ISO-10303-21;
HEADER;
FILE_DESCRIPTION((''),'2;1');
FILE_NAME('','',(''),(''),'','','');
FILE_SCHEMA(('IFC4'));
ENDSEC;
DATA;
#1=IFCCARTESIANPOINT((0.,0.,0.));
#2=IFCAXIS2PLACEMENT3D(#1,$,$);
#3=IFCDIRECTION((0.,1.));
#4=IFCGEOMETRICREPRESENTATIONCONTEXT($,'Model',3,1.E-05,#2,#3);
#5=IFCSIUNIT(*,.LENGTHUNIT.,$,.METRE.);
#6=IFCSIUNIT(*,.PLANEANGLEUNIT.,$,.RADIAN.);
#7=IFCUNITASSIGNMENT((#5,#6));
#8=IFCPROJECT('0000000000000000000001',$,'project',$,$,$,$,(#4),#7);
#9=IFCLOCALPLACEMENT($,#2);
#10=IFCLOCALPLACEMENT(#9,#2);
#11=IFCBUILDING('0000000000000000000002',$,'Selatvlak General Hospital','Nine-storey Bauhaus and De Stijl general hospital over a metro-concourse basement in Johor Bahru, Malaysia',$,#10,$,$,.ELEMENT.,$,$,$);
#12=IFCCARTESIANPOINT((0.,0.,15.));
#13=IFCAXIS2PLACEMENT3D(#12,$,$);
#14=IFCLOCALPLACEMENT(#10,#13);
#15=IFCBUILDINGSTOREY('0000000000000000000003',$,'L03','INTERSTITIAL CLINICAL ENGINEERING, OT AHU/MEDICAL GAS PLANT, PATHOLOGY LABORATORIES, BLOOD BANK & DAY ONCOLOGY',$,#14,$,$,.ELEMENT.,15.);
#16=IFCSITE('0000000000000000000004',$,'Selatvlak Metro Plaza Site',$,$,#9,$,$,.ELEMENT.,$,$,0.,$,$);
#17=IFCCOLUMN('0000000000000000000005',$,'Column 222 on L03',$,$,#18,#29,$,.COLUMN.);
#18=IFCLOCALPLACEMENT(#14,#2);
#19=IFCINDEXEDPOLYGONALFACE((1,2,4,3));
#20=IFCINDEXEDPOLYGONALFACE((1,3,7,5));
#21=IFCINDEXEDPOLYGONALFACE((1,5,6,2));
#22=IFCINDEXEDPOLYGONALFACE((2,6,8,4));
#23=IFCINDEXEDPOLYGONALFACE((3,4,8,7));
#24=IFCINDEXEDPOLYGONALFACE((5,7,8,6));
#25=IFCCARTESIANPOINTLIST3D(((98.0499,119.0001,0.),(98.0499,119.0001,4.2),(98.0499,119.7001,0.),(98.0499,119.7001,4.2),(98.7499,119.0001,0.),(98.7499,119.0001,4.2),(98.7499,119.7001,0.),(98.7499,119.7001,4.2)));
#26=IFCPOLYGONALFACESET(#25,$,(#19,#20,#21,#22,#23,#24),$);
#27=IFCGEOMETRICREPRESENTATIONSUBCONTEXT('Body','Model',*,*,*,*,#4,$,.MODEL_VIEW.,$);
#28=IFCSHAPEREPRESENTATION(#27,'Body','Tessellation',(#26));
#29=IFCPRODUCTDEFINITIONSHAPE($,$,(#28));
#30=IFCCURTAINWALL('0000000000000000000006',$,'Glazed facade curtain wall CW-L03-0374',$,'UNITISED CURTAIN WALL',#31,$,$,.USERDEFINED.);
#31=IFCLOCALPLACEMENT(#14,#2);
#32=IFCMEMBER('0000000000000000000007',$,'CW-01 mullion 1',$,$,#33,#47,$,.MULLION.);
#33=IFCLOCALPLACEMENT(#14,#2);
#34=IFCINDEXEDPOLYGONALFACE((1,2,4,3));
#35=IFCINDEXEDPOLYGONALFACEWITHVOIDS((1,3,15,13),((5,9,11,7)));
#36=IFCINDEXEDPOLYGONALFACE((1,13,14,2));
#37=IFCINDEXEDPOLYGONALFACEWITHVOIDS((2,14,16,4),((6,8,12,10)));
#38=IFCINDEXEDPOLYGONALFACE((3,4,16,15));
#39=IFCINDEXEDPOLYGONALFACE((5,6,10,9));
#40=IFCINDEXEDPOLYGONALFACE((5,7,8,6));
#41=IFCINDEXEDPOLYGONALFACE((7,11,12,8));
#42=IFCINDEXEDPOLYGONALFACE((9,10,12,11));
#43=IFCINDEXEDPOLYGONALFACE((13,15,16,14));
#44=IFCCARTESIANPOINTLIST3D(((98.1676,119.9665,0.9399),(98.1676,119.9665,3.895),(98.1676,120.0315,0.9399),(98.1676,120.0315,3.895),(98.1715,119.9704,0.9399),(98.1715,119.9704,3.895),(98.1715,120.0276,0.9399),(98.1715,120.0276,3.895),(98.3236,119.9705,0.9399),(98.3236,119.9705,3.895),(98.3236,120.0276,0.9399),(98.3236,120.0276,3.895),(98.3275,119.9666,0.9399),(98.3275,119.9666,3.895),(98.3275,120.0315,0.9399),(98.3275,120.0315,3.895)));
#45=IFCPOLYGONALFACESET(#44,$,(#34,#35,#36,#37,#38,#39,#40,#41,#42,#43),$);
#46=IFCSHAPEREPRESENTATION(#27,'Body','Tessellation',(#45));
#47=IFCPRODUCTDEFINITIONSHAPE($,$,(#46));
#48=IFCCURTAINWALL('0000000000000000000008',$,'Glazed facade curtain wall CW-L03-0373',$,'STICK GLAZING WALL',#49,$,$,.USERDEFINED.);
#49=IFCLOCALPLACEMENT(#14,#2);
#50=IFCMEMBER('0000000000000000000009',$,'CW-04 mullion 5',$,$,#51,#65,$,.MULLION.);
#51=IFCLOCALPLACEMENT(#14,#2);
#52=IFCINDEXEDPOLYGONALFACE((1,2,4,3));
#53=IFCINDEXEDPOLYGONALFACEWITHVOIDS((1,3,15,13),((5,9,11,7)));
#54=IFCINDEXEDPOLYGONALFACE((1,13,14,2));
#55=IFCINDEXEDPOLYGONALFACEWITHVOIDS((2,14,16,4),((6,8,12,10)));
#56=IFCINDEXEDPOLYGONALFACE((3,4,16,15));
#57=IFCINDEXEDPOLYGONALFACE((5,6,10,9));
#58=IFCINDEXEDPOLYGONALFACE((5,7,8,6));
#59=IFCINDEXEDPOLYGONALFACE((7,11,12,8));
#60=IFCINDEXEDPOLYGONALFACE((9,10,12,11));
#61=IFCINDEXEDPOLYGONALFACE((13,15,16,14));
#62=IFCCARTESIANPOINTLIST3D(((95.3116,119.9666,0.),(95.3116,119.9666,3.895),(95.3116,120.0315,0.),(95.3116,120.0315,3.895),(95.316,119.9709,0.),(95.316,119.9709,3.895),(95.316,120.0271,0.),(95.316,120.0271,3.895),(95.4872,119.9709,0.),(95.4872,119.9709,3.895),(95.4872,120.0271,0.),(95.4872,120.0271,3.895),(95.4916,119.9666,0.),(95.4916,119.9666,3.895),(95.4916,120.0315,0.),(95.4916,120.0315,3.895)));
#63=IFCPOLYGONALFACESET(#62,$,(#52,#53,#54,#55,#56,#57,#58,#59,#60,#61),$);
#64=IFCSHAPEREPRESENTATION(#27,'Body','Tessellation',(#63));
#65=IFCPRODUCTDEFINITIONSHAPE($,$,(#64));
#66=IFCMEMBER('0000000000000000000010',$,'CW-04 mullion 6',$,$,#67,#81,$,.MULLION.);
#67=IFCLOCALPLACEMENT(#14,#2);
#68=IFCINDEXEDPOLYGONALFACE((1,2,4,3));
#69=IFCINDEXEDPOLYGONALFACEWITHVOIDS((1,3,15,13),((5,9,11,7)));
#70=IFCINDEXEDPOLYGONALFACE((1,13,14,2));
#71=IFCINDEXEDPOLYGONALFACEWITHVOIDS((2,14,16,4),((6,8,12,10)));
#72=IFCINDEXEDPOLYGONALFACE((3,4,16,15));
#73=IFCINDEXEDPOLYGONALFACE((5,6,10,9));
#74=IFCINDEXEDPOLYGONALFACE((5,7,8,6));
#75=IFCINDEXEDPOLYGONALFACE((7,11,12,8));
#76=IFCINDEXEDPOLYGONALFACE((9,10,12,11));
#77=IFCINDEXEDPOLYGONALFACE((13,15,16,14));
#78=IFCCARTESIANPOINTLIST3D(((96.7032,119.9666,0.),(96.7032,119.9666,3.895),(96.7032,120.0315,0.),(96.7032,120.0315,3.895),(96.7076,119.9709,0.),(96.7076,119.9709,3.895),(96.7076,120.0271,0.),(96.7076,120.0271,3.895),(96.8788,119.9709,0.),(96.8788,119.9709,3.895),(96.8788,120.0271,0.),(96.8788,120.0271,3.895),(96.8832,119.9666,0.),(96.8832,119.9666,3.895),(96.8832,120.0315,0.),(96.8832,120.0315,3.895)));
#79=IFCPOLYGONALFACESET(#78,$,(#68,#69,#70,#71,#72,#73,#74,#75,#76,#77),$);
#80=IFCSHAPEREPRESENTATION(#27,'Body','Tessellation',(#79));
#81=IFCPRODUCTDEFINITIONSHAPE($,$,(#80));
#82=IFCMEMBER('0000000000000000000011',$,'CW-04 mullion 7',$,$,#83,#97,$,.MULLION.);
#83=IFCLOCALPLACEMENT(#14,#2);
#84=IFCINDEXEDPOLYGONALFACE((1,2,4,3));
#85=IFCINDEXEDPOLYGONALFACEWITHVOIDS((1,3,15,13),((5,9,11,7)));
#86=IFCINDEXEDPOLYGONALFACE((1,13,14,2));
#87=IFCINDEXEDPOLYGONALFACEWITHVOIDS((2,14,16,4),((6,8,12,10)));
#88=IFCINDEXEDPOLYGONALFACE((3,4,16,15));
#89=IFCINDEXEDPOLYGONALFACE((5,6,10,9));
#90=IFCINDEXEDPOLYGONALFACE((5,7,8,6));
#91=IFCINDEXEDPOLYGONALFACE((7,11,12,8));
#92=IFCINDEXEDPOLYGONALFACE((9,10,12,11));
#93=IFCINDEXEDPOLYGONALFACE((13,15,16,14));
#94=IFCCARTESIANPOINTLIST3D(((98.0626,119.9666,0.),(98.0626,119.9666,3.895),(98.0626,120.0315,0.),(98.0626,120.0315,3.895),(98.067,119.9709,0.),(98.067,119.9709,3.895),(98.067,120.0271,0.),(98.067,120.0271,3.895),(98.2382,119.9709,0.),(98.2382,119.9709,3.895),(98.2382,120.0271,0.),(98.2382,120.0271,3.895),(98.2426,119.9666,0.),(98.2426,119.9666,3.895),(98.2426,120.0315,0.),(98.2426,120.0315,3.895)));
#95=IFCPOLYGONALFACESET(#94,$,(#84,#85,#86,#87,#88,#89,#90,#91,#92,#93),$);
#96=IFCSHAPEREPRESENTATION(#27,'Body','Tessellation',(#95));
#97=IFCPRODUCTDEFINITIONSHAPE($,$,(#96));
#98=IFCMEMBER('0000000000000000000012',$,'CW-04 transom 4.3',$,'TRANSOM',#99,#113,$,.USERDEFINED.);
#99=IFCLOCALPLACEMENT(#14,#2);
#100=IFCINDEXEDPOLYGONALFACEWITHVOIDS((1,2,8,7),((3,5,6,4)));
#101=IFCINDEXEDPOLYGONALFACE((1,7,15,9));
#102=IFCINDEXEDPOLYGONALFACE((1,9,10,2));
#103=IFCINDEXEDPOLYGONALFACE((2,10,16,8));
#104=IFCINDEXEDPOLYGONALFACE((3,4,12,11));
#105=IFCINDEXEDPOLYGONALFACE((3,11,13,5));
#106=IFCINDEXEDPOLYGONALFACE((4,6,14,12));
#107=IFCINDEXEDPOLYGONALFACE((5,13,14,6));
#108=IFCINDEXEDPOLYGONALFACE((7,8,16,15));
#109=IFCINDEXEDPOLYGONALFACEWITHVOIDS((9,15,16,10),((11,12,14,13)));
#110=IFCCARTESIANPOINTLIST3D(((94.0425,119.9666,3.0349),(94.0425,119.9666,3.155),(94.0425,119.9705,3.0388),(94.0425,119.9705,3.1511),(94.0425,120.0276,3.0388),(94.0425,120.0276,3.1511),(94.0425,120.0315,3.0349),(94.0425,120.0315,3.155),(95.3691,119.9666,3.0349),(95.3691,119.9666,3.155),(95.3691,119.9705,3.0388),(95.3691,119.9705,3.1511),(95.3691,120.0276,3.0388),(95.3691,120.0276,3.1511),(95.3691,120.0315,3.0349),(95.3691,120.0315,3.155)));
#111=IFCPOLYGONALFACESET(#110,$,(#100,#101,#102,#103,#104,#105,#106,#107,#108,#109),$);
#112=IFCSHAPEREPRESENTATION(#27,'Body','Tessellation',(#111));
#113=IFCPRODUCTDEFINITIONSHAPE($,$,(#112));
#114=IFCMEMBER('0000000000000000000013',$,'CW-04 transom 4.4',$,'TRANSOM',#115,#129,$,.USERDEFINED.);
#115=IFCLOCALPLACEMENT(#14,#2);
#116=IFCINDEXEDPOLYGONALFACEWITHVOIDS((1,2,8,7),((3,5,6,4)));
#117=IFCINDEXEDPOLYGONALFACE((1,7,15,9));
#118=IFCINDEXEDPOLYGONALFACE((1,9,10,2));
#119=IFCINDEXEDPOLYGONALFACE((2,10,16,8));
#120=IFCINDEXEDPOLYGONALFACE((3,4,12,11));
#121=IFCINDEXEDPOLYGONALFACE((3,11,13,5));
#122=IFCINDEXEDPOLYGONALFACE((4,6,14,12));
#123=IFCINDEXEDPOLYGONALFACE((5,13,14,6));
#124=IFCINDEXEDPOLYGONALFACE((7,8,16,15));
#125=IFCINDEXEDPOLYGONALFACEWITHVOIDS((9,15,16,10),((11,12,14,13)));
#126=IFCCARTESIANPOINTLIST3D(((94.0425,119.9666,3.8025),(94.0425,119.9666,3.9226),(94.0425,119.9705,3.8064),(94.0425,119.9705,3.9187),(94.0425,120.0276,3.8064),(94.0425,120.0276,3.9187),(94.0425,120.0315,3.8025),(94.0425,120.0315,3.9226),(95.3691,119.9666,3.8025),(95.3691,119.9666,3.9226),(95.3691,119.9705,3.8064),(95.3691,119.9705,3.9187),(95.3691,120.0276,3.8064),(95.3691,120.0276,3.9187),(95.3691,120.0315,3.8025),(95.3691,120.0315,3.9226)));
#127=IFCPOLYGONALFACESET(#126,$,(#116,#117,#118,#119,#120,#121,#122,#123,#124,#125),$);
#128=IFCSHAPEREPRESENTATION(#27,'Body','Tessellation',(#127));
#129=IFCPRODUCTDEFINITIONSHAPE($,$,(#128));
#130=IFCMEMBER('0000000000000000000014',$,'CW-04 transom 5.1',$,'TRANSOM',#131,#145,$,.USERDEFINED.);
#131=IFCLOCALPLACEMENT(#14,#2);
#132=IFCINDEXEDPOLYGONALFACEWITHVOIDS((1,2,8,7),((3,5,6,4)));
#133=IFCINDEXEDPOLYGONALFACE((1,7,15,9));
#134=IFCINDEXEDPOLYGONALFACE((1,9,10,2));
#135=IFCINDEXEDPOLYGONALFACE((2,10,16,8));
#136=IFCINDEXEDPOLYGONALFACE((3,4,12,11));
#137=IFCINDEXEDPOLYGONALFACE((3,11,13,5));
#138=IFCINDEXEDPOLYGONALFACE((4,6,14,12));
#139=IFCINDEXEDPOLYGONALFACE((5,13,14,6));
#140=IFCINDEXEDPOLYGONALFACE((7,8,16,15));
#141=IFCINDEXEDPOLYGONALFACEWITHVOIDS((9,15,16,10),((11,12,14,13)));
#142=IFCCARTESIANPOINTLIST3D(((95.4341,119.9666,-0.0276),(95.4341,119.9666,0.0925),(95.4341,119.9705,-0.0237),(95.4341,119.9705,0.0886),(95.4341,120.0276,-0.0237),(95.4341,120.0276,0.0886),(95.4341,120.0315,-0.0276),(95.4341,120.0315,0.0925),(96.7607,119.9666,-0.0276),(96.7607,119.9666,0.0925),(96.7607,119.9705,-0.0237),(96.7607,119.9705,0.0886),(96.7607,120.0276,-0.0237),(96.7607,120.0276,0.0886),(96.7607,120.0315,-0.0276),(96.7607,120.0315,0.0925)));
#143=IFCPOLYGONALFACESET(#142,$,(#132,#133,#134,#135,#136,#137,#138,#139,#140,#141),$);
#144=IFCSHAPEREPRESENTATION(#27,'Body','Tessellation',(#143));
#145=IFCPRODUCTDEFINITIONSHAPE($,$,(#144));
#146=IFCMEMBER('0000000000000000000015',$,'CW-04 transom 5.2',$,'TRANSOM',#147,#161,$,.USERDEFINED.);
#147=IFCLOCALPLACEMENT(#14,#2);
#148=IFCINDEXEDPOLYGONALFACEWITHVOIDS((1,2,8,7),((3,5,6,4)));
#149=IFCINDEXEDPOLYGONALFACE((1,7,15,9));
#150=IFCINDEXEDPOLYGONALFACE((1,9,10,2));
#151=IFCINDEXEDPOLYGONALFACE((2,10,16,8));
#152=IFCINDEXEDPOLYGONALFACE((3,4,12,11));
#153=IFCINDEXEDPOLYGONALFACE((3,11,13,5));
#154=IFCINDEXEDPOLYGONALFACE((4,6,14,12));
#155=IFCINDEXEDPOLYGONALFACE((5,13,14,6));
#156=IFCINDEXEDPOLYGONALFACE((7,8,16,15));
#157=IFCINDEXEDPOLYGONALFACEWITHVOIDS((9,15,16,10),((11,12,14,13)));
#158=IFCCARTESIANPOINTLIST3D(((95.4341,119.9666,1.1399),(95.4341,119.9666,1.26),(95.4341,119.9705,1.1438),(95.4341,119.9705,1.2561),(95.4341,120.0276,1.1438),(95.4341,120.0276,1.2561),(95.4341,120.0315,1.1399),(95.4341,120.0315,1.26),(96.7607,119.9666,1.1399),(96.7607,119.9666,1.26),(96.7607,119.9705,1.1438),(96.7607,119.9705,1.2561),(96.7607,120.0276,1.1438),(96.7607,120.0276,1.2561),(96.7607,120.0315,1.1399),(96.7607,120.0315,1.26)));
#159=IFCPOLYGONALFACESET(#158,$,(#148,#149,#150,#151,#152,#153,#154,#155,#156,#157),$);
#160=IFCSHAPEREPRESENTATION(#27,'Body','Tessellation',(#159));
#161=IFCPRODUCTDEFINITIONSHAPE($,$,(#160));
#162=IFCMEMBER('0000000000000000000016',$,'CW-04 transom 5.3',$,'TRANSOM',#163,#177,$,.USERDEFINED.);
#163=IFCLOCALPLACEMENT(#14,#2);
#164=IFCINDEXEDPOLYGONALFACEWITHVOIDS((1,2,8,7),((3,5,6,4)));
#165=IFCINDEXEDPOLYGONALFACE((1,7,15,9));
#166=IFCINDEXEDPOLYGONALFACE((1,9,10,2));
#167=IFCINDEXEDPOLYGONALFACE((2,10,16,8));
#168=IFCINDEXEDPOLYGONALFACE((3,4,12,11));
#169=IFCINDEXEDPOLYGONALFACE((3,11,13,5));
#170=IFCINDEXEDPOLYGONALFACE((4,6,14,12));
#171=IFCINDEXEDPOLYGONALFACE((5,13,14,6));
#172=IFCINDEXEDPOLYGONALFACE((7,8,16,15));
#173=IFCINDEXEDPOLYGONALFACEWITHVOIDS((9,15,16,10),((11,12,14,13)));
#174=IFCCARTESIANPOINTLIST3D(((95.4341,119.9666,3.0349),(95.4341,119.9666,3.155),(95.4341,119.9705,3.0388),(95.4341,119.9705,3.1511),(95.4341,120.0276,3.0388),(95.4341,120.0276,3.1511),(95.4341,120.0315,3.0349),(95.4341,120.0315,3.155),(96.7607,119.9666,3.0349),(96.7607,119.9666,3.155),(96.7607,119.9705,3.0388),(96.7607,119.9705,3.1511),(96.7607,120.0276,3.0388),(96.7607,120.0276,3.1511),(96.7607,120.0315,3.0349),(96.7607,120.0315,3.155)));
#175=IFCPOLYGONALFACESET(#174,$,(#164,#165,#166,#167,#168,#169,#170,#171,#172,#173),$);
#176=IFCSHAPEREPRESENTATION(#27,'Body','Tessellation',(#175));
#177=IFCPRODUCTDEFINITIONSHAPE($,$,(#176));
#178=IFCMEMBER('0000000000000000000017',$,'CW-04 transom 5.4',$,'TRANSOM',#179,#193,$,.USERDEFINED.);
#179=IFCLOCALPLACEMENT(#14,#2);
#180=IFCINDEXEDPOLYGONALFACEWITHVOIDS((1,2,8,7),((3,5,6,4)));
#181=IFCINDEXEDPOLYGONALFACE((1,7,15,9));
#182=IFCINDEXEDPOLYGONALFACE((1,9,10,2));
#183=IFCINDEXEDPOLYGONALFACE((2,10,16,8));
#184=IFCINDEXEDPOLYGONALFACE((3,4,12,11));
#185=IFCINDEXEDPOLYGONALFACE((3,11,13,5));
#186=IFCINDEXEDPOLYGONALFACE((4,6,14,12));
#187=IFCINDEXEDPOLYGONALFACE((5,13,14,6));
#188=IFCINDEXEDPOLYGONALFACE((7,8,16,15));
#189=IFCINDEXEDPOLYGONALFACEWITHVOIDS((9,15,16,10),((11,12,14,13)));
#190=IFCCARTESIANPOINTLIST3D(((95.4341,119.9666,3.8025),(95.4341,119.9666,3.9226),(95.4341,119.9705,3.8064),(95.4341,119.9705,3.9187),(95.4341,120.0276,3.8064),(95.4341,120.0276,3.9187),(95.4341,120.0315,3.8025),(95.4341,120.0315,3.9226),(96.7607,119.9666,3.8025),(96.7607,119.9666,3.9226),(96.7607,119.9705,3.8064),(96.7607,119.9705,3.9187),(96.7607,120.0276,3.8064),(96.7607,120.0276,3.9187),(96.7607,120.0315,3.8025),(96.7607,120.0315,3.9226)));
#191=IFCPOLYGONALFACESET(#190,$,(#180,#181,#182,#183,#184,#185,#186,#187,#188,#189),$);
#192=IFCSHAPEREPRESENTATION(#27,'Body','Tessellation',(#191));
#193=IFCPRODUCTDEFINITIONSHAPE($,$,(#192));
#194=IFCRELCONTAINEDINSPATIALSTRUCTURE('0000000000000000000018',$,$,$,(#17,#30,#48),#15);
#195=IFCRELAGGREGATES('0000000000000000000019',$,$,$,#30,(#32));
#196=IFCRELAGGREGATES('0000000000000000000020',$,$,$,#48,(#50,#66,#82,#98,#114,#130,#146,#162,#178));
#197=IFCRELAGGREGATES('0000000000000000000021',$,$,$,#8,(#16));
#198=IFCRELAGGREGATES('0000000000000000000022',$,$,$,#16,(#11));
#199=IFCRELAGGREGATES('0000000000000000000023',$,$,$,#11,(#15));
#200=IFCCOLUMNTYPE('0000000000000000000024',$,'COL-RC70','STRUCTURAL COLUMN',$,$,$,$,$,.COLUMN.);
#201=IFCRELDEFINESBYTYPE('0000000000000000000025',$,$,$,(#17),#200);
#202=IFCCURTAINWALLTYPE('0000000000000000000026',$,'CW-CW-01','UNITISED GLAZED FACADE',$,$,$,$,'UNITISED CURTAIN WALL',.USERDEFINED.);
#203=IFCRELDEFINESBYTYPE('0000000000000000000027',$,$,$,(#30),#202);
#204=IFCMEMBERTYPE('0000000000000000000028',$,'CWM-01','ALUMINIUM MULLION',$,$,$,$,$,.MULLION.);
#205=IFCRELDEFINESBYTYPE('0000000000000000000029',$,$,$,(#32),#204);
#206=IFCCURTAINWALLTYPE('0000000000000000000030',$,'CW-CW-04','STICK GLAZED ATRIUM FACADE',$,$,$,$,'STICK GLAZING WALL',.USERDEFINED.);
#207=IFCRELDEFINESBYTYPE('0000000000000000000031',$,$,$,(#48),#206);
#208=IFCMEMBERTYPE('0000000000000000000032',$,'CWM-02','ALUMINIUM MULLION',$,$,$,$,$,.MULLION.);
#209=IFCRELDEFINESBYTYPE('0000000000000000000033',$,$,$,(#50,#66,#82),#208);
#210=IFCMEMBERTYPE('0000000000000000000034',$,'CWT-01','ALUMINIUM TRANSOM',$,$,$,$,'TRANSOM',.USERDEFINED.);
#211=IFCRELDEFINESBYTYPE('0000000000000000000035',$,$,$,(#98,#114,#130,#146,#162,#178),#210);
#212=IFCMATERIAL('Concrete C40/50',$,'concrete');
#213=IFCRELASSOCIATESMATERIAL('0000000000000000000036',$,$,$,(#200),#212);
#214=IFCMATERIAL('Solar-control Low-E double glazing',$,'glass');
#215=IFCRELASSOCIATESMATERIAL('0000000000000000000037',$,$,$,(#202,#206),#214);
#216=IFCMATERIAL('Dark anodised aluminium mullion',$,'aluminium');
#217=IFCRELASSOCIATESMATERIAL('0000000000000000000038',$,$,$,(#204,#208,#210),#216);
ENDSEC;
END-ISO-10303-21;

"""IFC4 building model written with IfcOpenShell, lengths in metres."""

from ifc_helpers import new_model, si_unit, direction, frame, origin, origin_2d, place, context, subcontext, project, spatial, rectangle, hollow_rectangle, extrude, material, material_profile, profile_set, type_object, element, aggregate, save


model = new_model("IFC4")

# Units and contexts
model_context = context("Model", 3, precision=1e-05, world=origin(), true_north=direction((0.0, 1.0)))
body_context = subcontext(model_context, "Body", "Model", "MODEL_VIEW")
ifc_project = project(units=[si_unit("LENGTHUNIT", "METRE"), si_unit("PLANEANGLEUNIT", "RADIAN")], contexts=[model_context])

# Site, building, storey
site_placement = place(None, origin())
site = spatial("IfcSite", under=ifc_project, at=site_placement, Name="Selatvlak Metro Plaza Site", CompositionType="ELEMENT", RefElevation=0.0)
building_placement = place(site_placement, origin())
building = spatial("IfcBuilding", under=site, at=building_placement, Name="Selatvlak General Hospital", Description="Nine-storey Bauhaus and De Stijl general hospital over a metro-concourse basement in Johor Bahru, Malaysia", CompositionType="ELEMENT")
storey_placement = place(building_placement, frame((0.0, 0.0, 15.0)))
storey = spatial("IfcBuildingStorey", under=building, at=storey_placement, Name="L03", Description="INTERSTITIAL CLINICAL ENGINEERING, OT AHU/MEDICAL GAS PLANT, PATHOLOGY LABORATORIES, BLOOD BANK & DAY ONCOLOGY", CompositionType="ELEMENT", Elevation=15.0)

# Column
ifc_material_1 = material(Name="Concrete C40/50", Category="concrete")
ifc_material_profile_1 = material_profile(ifc_material_1, rectangle(XDim=0.7, YDim=0.7, at=origin_2d()), Name="RC-COL 700x700")
ifc_profile_set_1 = profile_set([ifc_material_profile_1], Name="Concrete C40/50")
column_type = type_object("IfcColumnType", Name="COL-RC70", Description="STRUCTURAL COLUMN", PredefinedType="COLUMN", material=ifc_profile_set_1)
column_placement = place(storey_placement, frame((98.3999, 119.3501, 0.0), z_axis=(0.0, 0.0, 1.0), x_axis=(1.0, 0.0, 0.0)))
element("IfcColumn", 1, at=column_placement, inside=storey, type_object=column_type, Name="Column 222 on L03", PredefinedType="COLUMN", context=body_context, shape_type="SweptSolid", body=[
    extrude(rectangle(XDim=0.7, YDim=0.7, at=origin_2d()), origin(), (0.0, 0.0, 1.0), 4.2),
])

# Curtain wall, member
ifc_material_2 = material(Name="Solar-control Low-E double glazing", Category="glass")
curtain_wall_type_1 = type_object("IfcCurtainWallType", Name="CW-CW-01", Description="UNITISED GLAZED FACADE", ElementType="UNITISED CURTAIN WALL", PredefinedType="USERDEFINED", material=ifc_material_2)
curtain_wall_1_placement = place(storey_placement, origin())
curtain_wall_1 = element("IfcCurtainWall", 2, at=curtain_wall_1_placement, inside=storey, type_object=curtain_wall_type_1, Name="Glazed facade curtain wall CW-L03-0374", ObjectType="UNITISED CURTAIN WALL", PredefinedType="USERDEFINED")
ifc_material_3 = material(Name="Dark anodised aluminium mullion", Category="aluminium")
ifc_material_profile_2 = material_profile(ifc_material_3, hollow_rectangle(XDim=0.0649, YDim=0.1599, WallThickness=0.0039, at=origin_2d()), Name="AL-MUL 65x160x4")
ifc_profile_set_2 = profile_set([ifc_material_profile_2], Name="Dark anodised aluminium mullion")
member_type_1 = type_object("IfcMemberType", Name="CWM-01", Description="ALUMINIUM MULLION", PredefinedType="MULLION", material=ifc_profile_set_2)
member_1_placement = place(storey_placement, frame((98.2476, 119.999, 0.9399), z_axis=(0.0, 0.0, 1.0), x_axis=(-0.00012, 1.0, 0.0)))
member_1 = element("IfcMember", 3, at=member_1_placement, type_object=member_type_1, Name="CW-01 mullion 1", PredefinedType="MULLION", context=body_context, shape_type="SweptSolid", body=[
    extrude(hollow_rectangle(XDim=0.0649, YDim=0.1599, WallThickness=0.0039, at=origin_2d()), origin(), (0.0, 0.0, 1.0), 2.9551),
])

# Curtain wall, members
curtain_wall_type_2 = type_object("IfcCurtainWallType", Name="CW-CW-04", Description="STICK GLAZED ATRIUM FACADE", ElementType="STICK GLAZING WALL", PredefinedType="USERDEFINED", material=ifc_material_2)
curtain_wall_2_placement = place(storey_placement, origin())
curtain_wall_2 = element("IfcCurtainWall", 4, at=curtain_wall_2_placement, inside=storey, type_object=curtain_wall_type_2, Name="Glazed facade curtain wall CW-L03-0373", ObjectType="STICK GLAZING WALL", PredefinedType="USERDEFINED")
ifc_material_profile_3 = material_profile(ifc_material_3, hollow_rectangle(XDim=0.0649, YDim=0.1799, WallThickness=0.0044, at=origin_2d()), Name="AL-MUL 65x180x4.5")
ifc_profile_set_3 = profile_set([ifc_material_profile_3], Name="Dark anodised aluminium mullion")
member_type_2 = type_object("IfcMemberType", Name="CWM-02", Description="ALUMINIUM MULLION", PredefinedType="MULLION", material=ifc_profile_set_3)
member_2_placement = place(storey_placement, frame((95.4016, 119.999, 0.0), z_axis=(0.0, 0.0, 1.0), x_axis=(0.0, 1.0, 0.0)))
member_2 = element("IfcMember", 5, at=member_2_placement, type_object=member_type_2, Name="CW-04 mullion 5", PredefinedType="MULLION", context=body_context, shape_type="SweptSolid", body=[
    extrude(hollow_rectangle(XDim=0.0649, YDim=0.1799, WallThickness=0.0044, at=origin_2d()), origin(), (0.0, 0.0, 1.0), 3.895),
])
member_3_placement = place(storey_placement, frame((96.7932, 119.999, 0.0), z_axis=(0.0, 0.0, 1.0), x_axis=(0.0, 1.0, 0.0)))
member_3 = element("IfcMember", 6, at=member_3_placement, type_object=member_type_2, Name="CW-04 mullion 6", PredefinedType="MULLION", context=body_context, shape_type="SweptSolid", body=[
    extrude(hollow_rectangle(XDim=0.0649, YDim=0.1799, WallThickness=0.0044, at=origin_2d()), origin(), (0.0, 0.0, 1.0), 3.895),
])
member_4_placement = place(storey_placement, frame((98.1526, 119.999, 0.0), z_axis=(0.0, 0.0, 1.0), x_axis=(0.0, 1.0, 0.0)))
member_4 = element("IfcMember", 7, at=member_4_placement, type_object=member_type_2, Name="CW-04 mullion 7", PredefinedType="MULLION", context=body_context, shape_type="SweptSolid", body=[
    extrude(hollow_rectangle(XDim=0.0649, YDim=0.1799, WallThickness=0.0044, at=origin_2d()), origin(), (0.0, 0.0, 1.0), 3.895),
])
ifc_material_profile_4 = material_profile(ifc_material_3, hollow_rectangle(XDim=0.0649, YDim=0.1201, WallThickness=0.0039, at=origin_2d()), Name="AL-TRN 65x120x4")
ifc_profile_set_4 = profile_set([ifc_material_profile_4], Name="Dark anodised aluminium mullion")
member_type_3 = type_object("IfcMemberType", Name="CWT-01", Description="ALUMINIUM TRANSOM", ElementType="TRANSOM", PredefinedType="USERDEFINED", material=ifc_profile_set_4)
member_5_placement = place(storey_placement, frame((94.0425, 119.999, 3.095), z_axis=(1.0, 0.0, 0.0), x_axis=(0.0, 1.0, 0.0)))
member_5 = element("IfcMember", 8, at=member_5_placement, type_object=member_type_3, Name="CW-04 transom 4.3", ObjectType="TRANSOM", PredefinedType="USERDEFINED", context=body_context, shape_type="SweptSolid", body=[
    extrude(hollow_rectangle(XDim=0.0649, YDim=0.1201, WallThickness=0.0039, at=origin_2d()), origin(), (0.0, 0.0, 1.0), 1.3267),
])
member_6_placement = place(storey_placement, frame((94.0425, 119.999, 3.8625), z_axis=(1.0, 0.0, 0.0), x_axis=(0.0, 1.0, 0.0)))
member_6 = element("IfcMember", 9, at=member_6_placement, type_object=member_type_3, Name="CW-04 transom 4.4", ObjectType="TRANSOM", PredefinedType="USERDEFINED", context=body_context, shape_type="SweptSolid", body=[
    extrude(hollow_rectangle(XDim=0.0649, YDim=0.1201, WallThickness=0.0039, at=origin_2d()), origin(), (0.0, 0.0, 1.0), 1.3267),
])
member_7_placement = place(storey_placement, frame((95.4341, 119.999, 0.0325), z_axis=(1.0, 0.0, 0.0), x_axis=(0.0, 1.0, 0.0)))
member_7 = element("IfcMember", 10, at=member_7_placement, type_object=member_type_3, Name="CW-04 transom 5.1", ObjectType="TRANSOM", PredefinedType="USERDEFINED", context=body_context, shape_type="SweptSolid", body=[
    extrude(hollow_rectangle(XDim=0.0649, YDim=0.1201, WallThickness=0.0039, at=origin_2d()), origin(), (0.0, 0.0, 1.0), 1.3267),
])
member_8_placement = place(storey_placement, frame((95.4341, 119.999, 1.2), z_axis=(1.0, 0.0, 0.0), x_axis=(0.0, 1.0, 0.0)))
member_8 = element("IfcMember", 11, at=member_8_placement, type_object=member_type_3, Name="CW-04 transom 5.2", ObjectType="TRANSOM", PredefinedType="USERDEFINED", context=body_context, shape_type="SweptSolid", body=[
    extrude(hollow_rectangle(XDim=0.0649, YDim=0.1201, WallThickness=0.0039, at=origin_2d()), origin(), (0.0, 0.0, 1.0), 1.3267),
])
member_9_placement = place(storey_placement, frame((95.4341, 119.999, 3.095), z_axis=(1.0, 0.0, 0.0), x_axis=(0.0, 1.0, 0.0)))
member_9 = element("IfcMember", 12, at=member_9_placement, type_object=member_type_3, Name="CW-04 transom 5.3", ObjectType="TRANSOM", PredefinedType="USERDEFINED", context=body_context, shape_type="SweptSolid", body=[
    extrude(hollow_rectangle(XDim=0.0649, YDim=0.1201, WallThickness=0.0039, at=origin_2d()), origin(), (0.0, 0.0, 1.0), 1.3267),
])
member_10_placement = place(storey_placement, frame((95.4341, 119.999, 3.8625), z_axis=(1.0, 0.0, 0.0), x_axis=(0.0, 1.0, 0.0)))
member_10 = element("IfcMember", 13, at=member_10_placement, type_object=member_type_3, Name="CW-04 transom 5.4", ObjectType="TRANSOM", PredefinedType="USERDEFINED", context=body_context, shape_type="SweptSolid", body=[
    extrude(hollow_rectangle(XDim=0.0649, YDim=0.1201, WallThickness=0.0039, at=origin_2d()), origin(), (0.0, 0.0, 1.0), 1.3267),
])

aggregate(curtain_wall_1, [member_1])

aggregate(curtain_wall_2, [member_2, member_3, member_4, member_5, member_6, member_7, member_8, member_9, member_10])

save(model, "model.ifc")
